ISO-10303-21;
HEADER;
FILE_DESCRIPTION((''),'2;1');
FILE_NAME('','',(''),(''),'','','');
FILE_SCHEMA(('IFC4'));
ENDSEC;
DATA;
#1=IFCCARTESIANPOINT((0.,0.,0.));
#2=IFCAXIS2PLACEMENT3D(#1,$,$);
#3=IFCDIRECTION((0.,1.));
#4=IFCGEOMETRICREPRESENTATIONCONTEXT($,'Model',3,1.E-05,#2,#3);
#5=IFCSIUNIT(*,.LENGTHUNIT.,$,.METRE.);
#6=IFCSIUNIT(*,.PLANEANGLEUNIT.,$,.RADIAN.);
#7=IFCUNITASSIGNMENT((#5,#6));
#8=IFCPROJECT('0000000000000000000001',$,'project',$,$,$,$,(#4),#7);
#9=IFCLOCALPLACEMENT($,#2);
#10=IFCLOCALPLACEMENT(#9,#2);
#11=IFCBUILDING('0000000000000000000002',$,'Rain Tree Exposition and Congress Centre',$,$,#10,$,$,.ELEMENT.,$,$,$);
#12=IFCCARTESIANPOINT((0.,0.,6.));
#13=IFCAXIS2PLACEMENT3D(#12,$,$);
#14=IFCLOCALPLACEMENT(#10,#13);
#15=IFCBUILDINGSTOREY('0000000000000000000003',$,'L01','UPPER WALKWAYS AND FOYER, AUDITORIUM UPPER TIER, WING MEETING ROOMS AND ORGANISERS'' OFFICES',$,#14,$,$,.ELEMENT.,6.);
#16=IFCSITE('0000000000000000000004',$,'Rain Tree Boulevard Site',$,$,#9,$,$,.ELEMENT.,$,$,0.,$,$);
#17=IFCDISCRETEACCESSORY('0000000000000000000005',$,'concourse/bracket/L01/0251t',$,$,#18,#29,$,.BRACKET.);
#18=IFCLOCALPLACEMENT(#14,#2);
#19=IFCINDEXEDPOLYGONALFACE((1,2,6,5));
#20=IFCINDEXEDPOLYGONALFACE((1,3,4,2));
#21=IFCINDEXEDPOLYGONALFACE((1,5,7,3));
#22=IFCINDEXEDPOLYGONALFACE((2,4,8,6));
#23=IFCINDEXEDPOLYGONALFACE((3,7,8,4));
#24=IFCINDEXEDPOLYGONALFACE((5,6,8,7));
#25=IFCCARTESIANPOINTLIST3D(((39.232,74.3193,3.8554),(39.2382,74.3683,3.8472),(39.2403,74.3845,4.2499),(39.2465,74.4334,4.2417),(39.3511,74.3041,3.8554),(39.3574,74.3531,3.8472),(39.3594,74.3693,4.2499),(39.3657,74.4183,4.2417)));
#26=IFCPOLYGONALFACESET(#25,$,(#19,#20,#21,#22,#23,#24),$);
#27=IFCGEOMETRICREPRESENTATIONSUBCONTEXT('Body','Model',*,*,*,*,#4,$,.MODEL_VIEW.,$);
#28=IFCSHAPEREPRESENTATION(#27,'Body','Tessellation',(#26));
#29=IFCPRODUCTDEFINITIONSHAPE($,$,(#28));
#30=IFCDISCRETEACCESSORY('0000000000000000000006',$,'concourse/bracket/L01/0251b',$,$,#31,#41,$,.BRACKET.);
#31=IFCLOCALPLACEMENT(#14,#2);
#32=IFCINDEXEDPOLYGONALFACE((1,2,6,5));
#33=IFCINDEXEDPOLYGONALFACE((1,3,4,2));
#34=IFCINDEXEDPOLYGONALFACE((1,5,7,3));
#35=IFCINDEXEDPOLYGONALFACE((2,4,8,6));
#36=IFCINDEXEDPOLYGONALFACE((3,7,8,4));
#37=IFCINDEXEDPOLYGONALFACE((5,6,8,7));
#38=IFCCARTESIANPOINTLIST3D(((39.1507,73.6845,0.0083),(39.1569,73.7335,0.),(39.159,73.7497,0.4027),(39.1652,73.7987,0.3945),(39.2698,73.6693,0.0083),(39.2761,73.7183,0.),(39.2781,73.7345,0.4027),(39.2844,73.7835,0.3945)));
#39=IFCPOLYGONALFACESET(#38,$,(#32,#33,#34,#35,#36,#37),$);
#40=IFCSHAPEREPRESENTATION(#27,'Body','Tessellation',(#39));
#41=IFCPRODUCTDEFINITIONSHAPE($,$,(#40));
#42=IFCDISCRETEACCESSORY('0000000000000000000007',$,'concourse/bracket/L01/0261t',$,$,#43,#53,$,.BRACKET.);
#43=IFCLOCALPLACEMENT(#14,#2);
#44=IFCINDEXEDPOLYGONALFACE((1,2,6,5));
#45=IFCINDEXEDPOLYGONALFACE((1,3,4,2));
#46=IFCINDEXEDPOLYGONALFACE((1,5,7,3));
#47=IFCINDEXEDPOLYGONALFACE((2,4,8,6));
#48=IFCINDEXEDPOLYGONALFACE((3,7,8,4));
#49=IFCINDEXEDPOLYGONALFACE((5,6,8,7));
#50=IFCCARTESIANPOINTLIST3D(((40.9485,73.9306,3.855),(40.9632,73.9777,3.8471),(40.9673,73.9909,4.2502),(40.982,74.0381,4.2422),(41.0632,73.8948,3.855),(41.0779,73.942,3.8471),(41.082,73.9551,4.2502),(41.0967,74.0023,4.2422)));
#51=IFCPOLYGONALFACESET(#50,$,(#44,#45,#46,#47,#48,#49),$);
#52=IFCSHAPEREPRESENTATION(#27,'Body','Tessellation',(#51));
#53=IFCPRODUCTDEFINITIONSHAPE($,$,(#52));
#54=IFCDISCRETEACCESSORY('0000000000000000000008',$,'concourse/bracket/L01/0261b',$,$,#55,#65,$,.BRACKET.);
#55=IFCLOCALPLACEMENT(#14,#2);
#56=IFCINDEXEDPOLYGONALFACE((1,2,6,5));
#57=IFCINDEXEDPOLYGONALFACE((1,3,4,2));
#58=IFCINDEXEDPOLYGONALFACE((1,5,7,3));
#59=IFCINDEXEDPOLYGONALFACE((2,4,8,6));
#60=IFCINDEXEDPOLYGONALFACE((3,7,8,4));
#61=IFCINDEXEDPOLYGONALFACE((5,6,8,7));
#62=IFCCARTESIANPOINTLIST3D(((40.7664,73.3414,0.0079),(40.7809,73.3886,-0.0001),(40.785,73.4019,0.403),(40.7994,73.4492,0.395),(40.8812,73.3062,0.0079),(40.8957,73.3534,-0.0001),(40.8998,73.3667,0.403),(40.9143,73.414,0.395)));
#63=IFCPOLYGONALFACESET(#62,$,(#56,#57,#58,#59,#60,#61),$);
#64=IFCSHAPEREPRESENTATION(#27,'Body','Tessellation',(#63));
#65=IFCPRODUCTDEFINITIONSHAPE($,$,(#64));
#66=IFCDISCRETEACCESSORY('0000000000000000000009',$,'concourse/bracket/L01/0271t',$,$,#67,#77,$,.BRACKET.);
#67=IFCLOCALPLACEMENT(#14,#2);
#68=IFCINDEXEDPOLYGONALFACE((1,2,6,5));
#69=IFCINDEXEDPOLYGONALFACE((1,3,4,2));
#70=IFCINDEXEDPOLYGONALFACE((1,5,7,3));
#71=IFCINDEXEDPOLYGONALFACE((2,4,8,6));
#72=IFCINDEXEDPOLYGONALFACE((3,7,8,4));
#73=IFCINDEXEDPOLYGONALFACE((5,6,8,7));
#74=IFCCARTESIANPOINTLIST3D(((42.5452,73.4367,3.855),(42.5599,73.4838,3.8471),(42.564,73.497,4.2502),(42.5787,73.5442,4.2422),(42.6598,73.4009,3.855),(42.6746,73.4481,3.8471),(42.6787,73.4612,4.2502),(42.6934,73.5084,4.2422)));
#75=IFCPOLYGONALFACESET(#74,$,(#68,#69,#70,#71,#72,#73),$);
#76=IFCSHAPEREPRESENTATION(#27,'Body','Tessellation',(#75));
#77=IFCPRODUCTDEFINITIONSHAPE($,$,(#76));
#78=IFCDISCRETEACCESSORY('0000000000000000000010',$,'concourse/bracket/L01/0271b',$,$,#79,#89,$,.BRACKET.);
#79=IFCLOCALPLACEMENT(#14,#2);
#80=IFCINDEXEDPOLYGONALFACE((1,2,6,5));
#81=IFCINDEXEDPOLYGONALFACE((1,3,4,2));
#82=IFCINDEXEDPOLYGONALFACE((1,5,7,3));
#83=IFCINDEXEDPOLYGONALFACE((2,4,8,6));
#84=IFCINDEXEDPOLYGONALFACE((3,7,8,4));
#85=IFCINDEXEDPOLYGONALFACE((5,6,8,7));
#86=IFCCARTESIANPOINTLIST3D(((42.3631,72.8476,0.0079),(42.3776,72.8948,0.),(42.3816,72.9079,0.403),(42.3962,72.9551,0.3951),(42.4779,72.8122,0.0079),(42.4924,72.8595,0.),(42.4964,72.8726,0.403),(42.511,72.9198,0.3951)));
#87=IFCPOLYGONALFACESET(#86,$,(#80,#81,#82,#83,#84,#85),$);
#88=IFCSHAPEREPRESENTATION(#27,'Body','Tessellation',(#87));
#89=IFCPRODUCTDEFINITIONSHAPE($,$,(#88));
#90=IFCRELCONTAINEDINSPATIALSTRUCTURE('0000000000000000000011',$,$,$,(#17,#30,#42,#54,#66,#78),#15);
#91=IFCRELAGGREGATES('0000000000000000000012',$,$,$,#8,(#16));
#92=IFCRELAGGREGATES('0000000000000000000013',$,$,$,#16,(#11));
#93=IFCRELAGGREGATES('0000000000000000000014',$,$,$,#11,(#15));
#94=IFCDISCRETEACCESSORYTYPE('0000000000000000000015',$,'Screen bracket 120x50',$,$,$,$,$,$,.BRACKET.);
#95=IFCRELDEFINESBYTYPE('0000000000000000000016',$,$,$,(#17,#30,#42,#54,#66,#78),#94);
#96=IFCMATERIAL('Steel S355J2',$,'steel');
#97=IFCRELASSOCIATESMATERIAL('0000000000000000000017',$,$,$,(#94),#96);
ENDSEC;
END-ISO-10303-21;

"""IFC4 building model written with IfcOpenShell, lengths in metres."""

from ifc_helpers import new_model, si_unit, direction, frame, origin, origin_2d, place, context, subcontext, project, spatial, rectangle, extrude, material, material_profile, profile_set, type_object, element, save


model = new_model("IFC4")

# Units and contexts
model_context = context("Model", 3, precision=1e-05, world=origin(), true_north=direction((0.0, 1.0)))
body_context = subcontext(model_context, "Body", "Model", "MODEL_VIEW")
ifc_project = project(units=[si_unit("LENGTHUNIT", "METRE"), si_unit("PLANEANGLEUNIT", "RADIAN")], contexts=[model_context])

# Site, building, storey
site_placement = place(None, origin())
site = spatial("IfcSite", under=ifc_project, at=site_placement, Name="Rain Tree Boulevard Site", CompositionType="ELEMENT", RefElevation=0.0)
building_placement = place(site_placement, origin())
building = spatial("IfcBuilding", under=site, at=building_placement, Name="Rain Tree Exposition and Congress Centre", CompositionType="ELEMENT")
storey_placement = place(building_placement, frame((0.0, 0.0, 6.0)))
storey = spatial("IfcBuildingStorey", under=building, at=storey_placement, Name="L01", Description="UPPER WALKWAYS AND FOYER, AUDITORIUM UPPER TIER, WING MEETING ROOMS AND ORGANISERS' OFFICES", CompositionType="ELEMENT", Elevation=6.0)

# Discrete accessories
ifc_material_1 = material(Name="Steel S355J2", Category="steel")
ifc_material_profile = material_profile(ifc_material_1, rectangle(XDim=0.1201, YDim=0.05, at=origin_2d()), Name="Flat bar 120x50")
ifc_profile_set = profile_set([ifc_material_profile], Name="Steel S355J2")
discrete_accessory_type = type_object("IfcDiscreteAccessoryType", Name="Screen bracket 120x50", PredefinedType="BRACKET", material=ifc_profile_set)
for number, where, z_axis, x_axis, name in (
    (1, (39.2947, 74.3362, 3.8513), (0.020754, 0.162978, 0.986411), (-0.991989, 0.126321, 0.0), "concourse/bracket/L01/0251t"),
    (2, (39.2134, 73.7014, 0.0042), (0.020754, 0.162978, 0.986411), (-0.991989, 0.126321, 0.0), "concourse/bracket/L01/0251b"),
):
    element("IfcDiscreteAccessory", number, at=place(storey_placement, frame(where, z_axis=z_axis, x_axis=x_axis)), inside=storey, type_object=discrete_accessory_type, Name=name, PredefinedType="BRACKET", context=body_context, shape_type="SweptSolid", body=[
        extrude(rectangle(XDim=0.1201, YDim=0.05, at=origin_2d()), origin(), (0.0, 0.0, 1.0), 0.3999),
    ])
for number, where, z_axis, x_axis, name in (
    (3, (41.0132, 73.9363, 3.8511), (0.046993, 0.150743, 0.987456), (-0.954686, 0.297615, 0.0), "concourse/bracket/L01/0261t"),
    (4, (40.8311, 73.3474, 0.0039), (0.046379, 0.151343, 0.987393), (-0.956112, 0.293002, 0.0), "concourse/bracket/L01/0261b"),
    (5, (42.6099, 73.4424, 3.8511), (0.046993, 0.150743, 0.987456), (-0.954686, 0.297615, 0.0), "concourse/bracket/L01/0271t"),
    (6, (42.4277, 72.8535, 0.0039), (0.046384, 0.150747, 0.987484), (-0.955779, 0.294086, 0.0), "concourse/bracket/L01/0271b"),
):
    element("IfcDiscreteAccessory", number, at=place(storey_placement, frame(where, z_axis=z_axis, x_axis=x_axis)), inside=storey, type_object=discrete_accessory_type, Name=name, PredefinedType="BRACKET", context=body_context, shape_type="SweptSolid", body=[
        extrude(rectangle(XDim=0.1201, YDim=0.05, at=origin_2d()), origin(), (0.0, 0.0, 1.0), 0.4001),
    ])

save(model, "model.ifc")
